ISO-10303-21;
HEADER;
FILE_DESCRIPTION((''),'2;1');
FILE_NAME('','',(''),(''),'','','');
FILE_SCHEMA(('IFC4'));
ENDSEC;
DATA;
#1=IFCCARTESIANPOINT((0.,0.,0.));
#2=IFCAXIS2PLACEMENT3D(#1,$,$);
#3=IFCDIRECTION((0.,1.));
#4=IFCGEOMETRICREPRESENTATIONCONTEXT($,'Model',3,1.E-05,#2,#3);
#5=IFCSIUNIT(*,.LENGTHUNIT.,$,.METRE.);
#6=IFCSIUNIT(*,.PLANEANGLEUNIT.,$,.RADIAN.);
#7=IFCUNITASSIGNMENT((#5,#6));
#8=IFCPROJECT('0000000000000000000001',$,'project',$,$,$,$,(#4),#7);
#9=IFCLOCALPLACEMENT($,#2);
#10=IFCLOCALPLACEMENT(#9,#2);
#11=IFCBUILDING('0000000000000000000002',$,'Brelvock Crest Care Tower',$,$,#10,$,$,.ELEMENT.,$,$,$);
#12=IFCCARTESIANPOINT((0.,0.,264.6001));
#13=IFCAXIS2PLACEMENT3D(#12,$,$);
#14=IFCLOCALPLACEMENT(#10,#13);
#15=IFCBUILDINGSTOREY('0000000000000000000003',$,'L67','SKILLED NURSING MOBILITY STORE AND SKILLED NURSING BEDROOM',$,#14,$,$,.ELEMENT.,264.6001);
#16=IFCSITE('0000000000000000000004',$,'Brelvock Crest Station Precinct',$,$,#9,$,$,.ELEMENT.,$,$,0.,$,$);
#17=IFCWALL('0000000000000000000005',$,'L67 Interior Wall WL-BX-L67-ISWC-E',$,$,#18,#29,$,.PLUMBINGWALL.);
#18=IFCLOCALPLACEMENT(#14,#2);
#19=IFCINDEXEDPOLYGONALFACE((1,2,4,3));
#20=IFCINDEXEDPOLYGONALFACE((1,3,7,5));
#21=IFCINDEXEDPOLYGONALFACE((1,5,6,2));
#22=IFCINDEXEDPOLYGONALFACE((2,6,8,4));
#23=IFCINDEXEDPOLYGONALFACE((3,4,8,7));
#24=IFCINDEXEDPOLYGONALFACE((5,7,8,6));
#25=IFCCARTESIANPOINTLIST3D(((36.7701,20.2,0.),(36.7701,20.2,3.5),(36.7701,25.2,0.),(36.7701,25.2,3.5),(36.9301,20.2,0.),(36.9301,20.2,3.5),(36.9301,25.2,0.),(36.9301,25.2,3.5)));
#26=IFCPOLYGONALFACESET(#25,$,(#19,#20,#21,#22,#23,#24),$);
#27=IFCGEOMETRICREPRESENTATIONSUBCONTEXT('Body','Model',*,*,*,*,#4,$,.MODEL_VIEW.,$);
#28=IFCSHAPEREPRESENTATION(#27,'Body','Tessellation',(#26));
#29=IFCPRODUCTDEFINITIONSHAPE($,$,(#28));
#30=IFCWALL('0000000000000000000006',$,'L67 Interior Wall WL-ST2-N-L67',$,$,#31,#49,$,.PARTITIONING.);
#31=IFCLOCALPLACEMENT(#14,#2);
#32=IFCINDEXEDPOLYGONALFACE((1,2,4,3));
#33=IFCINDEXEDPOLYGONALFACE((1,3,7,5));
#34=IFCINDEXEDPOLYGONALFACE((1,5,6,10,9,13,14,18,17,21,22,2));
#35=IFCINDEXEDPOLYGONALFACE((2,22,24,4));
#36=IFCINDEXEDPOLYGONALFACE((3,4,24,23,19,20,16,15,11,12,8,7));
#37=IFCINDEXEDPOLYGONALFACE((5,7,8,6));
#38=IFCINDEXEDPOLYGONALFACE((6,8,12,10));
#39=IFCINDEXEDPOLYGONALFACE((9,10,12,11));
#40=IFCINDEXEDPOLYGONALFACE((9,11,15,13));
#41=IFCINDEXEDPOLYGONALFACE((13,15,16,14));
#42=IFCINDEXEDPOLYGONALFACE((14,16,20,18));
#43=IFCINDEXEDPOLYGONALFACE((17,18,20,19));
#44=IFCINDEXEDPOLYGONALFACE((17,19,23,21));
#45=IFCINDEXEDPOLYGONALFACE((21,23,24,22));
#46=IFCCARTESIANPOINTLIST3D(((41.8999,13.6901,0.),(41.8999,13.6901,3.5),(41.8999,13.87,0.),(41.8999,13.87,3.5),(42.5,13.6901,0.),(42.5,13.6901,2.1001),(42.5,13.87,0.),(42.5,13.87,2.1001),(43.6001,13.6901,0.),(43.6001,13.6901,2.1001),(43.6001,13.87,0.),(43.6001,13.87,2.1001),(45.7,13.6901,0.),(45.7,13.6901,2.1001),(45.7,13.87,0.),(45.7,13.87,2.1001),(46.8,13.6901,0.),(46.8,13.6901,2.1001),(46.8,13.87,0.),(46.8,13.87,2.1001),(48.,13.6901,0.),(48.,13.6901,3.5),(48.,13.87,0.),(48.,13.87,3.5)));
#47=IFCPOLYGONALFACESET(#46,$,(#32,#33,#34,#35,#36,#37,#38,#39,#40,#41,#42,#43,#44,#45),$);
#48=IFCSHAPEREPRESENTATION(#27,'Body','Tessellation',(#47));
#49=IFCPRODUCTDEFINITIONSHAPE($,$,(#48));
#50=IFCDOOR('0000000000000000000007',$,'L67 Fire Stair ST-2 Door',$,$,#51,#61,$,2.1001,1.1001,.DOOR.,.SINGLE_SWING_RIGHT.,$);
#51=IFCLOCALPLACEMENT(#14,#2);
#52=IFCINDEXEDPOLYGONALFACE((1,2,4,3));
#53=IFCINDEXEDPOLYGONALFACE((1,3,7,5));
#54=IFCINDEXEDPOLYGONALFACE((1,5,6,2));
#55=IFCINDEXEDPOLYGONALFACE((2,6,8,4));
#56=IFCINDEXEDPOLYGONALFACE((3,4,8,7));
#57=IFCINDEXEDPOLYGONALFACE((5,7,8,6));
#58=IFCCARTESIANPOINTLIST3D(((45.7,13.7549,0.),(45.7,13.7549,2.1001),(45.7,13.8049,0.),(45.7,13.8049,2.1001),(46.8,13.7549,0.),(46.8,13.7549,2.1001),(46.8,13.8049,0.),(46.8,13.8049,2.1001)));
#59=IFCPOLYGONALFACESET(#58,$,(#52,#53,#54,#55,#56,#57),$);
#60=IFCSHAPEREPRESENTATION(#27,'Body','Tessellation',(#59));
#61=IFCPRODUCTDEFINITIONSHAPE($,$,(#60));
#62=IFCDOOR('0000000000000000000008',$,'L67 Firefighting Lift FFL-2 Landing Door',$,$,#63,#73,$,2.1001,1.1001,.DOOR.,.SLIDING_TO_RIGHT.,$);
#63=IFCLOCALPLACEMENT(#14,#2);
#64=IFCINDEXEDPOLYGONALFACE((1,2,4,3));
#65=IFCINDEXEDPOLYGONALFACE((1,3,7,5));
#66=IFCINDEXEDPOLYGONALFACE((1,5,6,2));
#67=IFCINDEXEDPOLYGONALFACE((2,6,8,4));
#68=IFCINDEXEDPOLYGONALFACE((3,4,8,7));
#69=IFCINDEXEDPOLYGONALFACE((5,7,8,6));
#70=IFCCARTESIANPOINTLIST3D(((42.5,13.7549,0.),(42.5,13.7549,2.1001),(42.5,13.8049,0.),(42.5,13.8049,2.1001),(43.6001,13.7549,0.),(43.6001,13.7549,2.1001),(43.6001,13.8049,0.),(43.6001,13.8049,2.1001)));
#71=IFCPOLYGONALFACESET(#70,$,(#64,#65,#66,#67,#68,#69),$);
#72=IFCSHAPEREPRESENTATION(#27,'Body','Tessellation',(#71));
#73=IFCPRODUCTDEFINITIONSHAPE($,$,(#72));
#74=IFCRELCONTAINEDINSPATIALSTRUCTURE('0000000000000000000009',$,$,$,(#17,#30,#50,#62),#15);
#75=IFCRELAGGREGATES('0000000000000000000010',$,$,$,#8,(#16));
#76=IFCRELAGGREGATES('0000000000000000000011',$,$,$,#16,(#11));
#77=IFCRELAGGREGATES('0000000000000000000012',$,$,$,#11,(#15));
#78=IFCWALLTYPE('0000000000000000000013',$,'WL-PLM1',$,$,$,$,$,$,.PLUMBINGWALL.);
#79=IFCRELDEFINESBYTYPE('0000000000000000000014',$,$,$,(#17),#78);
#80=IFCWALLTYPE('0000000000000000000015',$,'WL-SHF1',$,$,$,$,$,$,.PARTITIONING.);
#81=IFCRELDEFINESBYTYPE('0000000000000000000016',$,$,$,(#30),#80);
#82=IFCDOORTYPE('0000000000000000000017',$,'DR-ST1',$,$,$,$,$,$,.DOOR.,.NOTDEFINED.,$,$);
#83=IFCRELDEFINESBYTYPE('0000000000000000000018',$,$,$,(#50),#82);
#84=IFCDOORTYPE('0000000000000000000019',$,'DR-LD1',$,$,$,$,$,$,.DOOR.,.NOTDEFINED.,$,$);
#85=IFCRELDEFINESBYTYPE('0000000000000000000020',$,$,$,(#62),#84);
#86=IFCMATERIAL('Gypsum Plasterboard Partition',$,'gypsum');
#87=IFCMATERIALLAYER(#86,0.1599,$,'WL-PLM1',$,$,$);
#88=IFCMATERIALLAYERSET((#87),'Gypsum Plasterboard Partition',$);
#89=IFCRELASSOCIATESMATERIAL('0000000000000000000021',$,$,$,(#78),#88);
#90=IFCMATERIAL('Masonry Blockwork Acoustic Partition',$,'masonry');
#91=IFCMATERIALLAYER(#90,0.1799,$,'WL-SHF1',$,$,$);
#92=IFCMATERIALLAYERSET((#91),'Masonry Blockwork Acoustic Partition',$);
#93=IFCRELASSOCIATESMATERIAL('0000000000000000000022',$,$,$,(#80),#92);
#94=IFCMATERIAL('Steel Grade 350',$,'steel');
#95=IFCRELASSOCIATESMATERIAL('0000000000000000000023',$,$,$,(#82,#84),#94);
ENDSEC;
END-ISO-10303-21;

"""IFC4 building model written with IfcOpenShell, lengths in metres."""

from ifc_helpers import new_model, si_unit, direction, frame, frame_2d, origin, origin_2d, place, context, subcontext, project, spatial, rectangle, extrude, source, transform, mapped, material, layer, layer_set, type_object, element, fill, save


model = new_model("IFC4")

# Units and contexts
model_context = context("Model", 3, precision=1e-05, world=origin(), true_north=direction((0.0, 1.0)))
body_context = subcontext(model_context, "Body", "Model", "MODEL_VIEW")
ifc_project = project(units=[si_unit("LENGTHUNIT", "METRE"), si_unit("PLANEANGLEUNIT", "RADIAN")], contexts=[model_context])

# Site, building, storey
site_placement = place(None, origin())
site = spatial("IfcSite", under=ifc_project, at=site_placement, Name="Brelvock Crest Station Precinct", CompositionType="ELEMENT", RefElevation=0.0)
building_placement = place(site_placement, origin())
building = spatial("IfcBuilding", under=site, at=building_placement, Name="Brelvock Crest Care Tower", CompositionType="ELEMENT")
storey_placement = place(building_placement, frame((0.0, 0.0, 264.6001)))
storey = spatial("IfcBuildingStorey", under=building, at=storey_placement, Name="L67", Description="SKILLED NURSING MOBILITY STORE AND SKILLED NURSING BEDROOM", CompositionType="ELEMENT", Elevation=264.6001)

# Shared definitions
ifc_material_1 = material(Name="Steel Grade 350", Category="steel")

# Shared definitions
ifc_material_2 = material(Name="Masonry Blockwork Acoustic Partition", Category="masonry")

# Shared definitions
ifc_material_3 = material(Name="Gypsum Plasterboard Partition", Category="gypsum")
ifc_layer_1 = layer(ifc_material_3, 0.1599, Name="WL-PLM1")
ifc_layer_set_1 = layer_set([ifc_layer_1], Name="Gypsum Plasterboard Partition")
wall_type_1 = type_object("IfcWallType", Name="WL-PLM1", PredefinedType="PLUMBINGWALL", material=ifc_layer_set_1)

# Wall
wall_1_placement = place(storey_placement, frame((36.8501, 20.2, 0.0), z_axis=(0.0, 0.0, 1.0), x_axis=(0.0, 1.0, 0.0)))
element("IfcWall", 1, at=wall_1_placement, inside=storey, type_object=wall_type_1, Name="L67 Interior Wall WL-BX-L67-ISWC-E", PredefinedType="PLUMBINGWALL", context=body_context, shape_type="SweptSolid", body=[
    extrude(rectangle(XDim=5.0, YDim=0.1599, at=frame_2d((2.5, 0.0))), origin(), (0.0, 0.0, 1.0), 3.5),
])

# Wall, openings, doors
ifc_layer_2 = layer(ifc_material_2, 0.1799, Name="WL-SHF1")
ifc_layer_set_2 = layer_set([ifc_layer_2], Name="Masonry Blockwork Acoustic Partition")
wall_type_2 = type_object("IfcWallType", Name="WL-SHF1", PredefinedType="PARTITIONING", material=ifc_layer_set_2)
wall_2_placement = place(storey_placement, frame((41.8999, 13.78, 0.0), z_axis=(0.0, 0.0, 1.0), x_axis=(1.0, 0.0, 0.0)))
wall_2 = element("IfcWall", 2, at=wall_2_placement, inside=storey, type_object=wall_type_2, Name="L67 Interior Wall WL-ST2-N-L67", PredefinedType="PARTITIONING", context=body_context, shape_type="SweptSolid", body=[
    extrude(rectangle(XDim=6.1001, YDim=0.1799, at=frame_2d((3.05, 0.0))), origin(), (0.0, 0.0, 1.0), 3.5),
])
opening_1_placement = place(wall_2_placement, frame((0.6001, 0.0, 0.0)))
opening_1 = element("IfcOpeningElement", 3, at=opening_1_placement, cuts=wall_2, PredefinedType="OPENING", context=body_context, shape_type="SweptSolid", body=[
    extrude(rectangle(XDim=1.1001, YDim=2.1001, at=origin_2d()), frame((0.55, 0.1001, 1.05), z_axis=(0.0, -1.0, 0.0), x_axis=(1.0, 0.0, 0.0)), (0.0, 0.0, 1.0), 0.2),
])
opening_2_placement = place(wall_2_placement, frame((3.8, 0.0, 0.0)))
opening_2 = element("IfcOpeningElement", 4, at=opening_2_placement, cuts=wall_2, PredefinedType="OPENING", context=body_context, shape_type="SweptSolid", body=[
    extrude(rectangle(XDim=1.1001, YDim=2.1001, at=origin_2d()), frame((0.55, 0.1001, 1.05), z_axis=(0.0, -1.0, 0.0), x_axis=(1.0, 0.0, 0.0)), (0.0, 0.0, 1.0), 0.2),
])
door_type_1 = type_object("IfcDoorType", Name="DR-ST1", OperationType="NOTDEFINED", PredefinedType="DOOR", material=ifc_material_1)
shared_shape_1 = source(origin(), body_context, "Body", "SweptSolid", [
    extrude(rectangle(XDim=1.1001, YDim=2.1001, at=origin_2d()), frame((0.55, 0.0249, 1.05), z_axis=(0.0, -1.0, 0.0), x_axis=(1.0, 0.0, 0.0)), (0.0, 0.0, 1.0), 0.05),
])
door_1_placement = place(opening_2_placement, origin())
door_1 = element("IfcDoor", 5, at=door_1_placement, inside=storey, type_object=door_type_1, Name="L67 Fire Stair ST-2 Door", OperationType="SINGLE_SWING_RIGHT", OverallHeight=2.1001, OverallWidth=1.1001, PredefinedType="DOOR", context=body_context, shape_type="MappedRepresentation", body=[
    mapped(shared_shape_1, transform((0.0, 0.0, 0.0), x_axis=(1.0, 0.0, 0.0), y_axis=(0.0, 1.0, 0.0), z_axis=(0.0, 0.0, 1.0), scale=1.0)),
])
fill(opening_2, door_1)
door_type_2 = type_object("IfcDoorType", Name="DR-LD1", OperationType="NOTDEFINED", PredefinedType="DOOR", material=ifc_material_1)
shared_shape_2 = source(origin(), body_context, "Body", "SweptSolid", [
    extrude(rectangle(XDim=1.1001, YDim=2.1001, at=origin_2d()), frame((0.55, 0.0249, 1.05), z_axis=(0.0, -1.0, 0.0), x_axis=(1.0, 0.0, 0.0)), (0.0, 0.0, 1.0), 0.05),
])
door_2_placement = place(opening_1_placement, origin())
door_2 = element("IfcDoor", 6, at=door_2_placement, inside=storey, type_object=door_type_2, Name="L67 Firefighting Lift FFL-2 Landing Door", OperationType="SLIDING_TO_RIGHT", OverallHeight=2.1001, OverallWidth=1.1001, PredefinedType="DOOR", context=body_context, shape_type="MappedRepresentation", body=[
    mapped(shared_shape_2, transform((0.0, 0.0, 0.0), x_axis=(1.0, 0.0, 0.0), y_axis=(0.0, 1.0, 0.0), z_axis=(0.0, 0.0, 1.0), scale=1.0)),
])
fill(opening_1, door_2)

save(model, "model.ifc")
